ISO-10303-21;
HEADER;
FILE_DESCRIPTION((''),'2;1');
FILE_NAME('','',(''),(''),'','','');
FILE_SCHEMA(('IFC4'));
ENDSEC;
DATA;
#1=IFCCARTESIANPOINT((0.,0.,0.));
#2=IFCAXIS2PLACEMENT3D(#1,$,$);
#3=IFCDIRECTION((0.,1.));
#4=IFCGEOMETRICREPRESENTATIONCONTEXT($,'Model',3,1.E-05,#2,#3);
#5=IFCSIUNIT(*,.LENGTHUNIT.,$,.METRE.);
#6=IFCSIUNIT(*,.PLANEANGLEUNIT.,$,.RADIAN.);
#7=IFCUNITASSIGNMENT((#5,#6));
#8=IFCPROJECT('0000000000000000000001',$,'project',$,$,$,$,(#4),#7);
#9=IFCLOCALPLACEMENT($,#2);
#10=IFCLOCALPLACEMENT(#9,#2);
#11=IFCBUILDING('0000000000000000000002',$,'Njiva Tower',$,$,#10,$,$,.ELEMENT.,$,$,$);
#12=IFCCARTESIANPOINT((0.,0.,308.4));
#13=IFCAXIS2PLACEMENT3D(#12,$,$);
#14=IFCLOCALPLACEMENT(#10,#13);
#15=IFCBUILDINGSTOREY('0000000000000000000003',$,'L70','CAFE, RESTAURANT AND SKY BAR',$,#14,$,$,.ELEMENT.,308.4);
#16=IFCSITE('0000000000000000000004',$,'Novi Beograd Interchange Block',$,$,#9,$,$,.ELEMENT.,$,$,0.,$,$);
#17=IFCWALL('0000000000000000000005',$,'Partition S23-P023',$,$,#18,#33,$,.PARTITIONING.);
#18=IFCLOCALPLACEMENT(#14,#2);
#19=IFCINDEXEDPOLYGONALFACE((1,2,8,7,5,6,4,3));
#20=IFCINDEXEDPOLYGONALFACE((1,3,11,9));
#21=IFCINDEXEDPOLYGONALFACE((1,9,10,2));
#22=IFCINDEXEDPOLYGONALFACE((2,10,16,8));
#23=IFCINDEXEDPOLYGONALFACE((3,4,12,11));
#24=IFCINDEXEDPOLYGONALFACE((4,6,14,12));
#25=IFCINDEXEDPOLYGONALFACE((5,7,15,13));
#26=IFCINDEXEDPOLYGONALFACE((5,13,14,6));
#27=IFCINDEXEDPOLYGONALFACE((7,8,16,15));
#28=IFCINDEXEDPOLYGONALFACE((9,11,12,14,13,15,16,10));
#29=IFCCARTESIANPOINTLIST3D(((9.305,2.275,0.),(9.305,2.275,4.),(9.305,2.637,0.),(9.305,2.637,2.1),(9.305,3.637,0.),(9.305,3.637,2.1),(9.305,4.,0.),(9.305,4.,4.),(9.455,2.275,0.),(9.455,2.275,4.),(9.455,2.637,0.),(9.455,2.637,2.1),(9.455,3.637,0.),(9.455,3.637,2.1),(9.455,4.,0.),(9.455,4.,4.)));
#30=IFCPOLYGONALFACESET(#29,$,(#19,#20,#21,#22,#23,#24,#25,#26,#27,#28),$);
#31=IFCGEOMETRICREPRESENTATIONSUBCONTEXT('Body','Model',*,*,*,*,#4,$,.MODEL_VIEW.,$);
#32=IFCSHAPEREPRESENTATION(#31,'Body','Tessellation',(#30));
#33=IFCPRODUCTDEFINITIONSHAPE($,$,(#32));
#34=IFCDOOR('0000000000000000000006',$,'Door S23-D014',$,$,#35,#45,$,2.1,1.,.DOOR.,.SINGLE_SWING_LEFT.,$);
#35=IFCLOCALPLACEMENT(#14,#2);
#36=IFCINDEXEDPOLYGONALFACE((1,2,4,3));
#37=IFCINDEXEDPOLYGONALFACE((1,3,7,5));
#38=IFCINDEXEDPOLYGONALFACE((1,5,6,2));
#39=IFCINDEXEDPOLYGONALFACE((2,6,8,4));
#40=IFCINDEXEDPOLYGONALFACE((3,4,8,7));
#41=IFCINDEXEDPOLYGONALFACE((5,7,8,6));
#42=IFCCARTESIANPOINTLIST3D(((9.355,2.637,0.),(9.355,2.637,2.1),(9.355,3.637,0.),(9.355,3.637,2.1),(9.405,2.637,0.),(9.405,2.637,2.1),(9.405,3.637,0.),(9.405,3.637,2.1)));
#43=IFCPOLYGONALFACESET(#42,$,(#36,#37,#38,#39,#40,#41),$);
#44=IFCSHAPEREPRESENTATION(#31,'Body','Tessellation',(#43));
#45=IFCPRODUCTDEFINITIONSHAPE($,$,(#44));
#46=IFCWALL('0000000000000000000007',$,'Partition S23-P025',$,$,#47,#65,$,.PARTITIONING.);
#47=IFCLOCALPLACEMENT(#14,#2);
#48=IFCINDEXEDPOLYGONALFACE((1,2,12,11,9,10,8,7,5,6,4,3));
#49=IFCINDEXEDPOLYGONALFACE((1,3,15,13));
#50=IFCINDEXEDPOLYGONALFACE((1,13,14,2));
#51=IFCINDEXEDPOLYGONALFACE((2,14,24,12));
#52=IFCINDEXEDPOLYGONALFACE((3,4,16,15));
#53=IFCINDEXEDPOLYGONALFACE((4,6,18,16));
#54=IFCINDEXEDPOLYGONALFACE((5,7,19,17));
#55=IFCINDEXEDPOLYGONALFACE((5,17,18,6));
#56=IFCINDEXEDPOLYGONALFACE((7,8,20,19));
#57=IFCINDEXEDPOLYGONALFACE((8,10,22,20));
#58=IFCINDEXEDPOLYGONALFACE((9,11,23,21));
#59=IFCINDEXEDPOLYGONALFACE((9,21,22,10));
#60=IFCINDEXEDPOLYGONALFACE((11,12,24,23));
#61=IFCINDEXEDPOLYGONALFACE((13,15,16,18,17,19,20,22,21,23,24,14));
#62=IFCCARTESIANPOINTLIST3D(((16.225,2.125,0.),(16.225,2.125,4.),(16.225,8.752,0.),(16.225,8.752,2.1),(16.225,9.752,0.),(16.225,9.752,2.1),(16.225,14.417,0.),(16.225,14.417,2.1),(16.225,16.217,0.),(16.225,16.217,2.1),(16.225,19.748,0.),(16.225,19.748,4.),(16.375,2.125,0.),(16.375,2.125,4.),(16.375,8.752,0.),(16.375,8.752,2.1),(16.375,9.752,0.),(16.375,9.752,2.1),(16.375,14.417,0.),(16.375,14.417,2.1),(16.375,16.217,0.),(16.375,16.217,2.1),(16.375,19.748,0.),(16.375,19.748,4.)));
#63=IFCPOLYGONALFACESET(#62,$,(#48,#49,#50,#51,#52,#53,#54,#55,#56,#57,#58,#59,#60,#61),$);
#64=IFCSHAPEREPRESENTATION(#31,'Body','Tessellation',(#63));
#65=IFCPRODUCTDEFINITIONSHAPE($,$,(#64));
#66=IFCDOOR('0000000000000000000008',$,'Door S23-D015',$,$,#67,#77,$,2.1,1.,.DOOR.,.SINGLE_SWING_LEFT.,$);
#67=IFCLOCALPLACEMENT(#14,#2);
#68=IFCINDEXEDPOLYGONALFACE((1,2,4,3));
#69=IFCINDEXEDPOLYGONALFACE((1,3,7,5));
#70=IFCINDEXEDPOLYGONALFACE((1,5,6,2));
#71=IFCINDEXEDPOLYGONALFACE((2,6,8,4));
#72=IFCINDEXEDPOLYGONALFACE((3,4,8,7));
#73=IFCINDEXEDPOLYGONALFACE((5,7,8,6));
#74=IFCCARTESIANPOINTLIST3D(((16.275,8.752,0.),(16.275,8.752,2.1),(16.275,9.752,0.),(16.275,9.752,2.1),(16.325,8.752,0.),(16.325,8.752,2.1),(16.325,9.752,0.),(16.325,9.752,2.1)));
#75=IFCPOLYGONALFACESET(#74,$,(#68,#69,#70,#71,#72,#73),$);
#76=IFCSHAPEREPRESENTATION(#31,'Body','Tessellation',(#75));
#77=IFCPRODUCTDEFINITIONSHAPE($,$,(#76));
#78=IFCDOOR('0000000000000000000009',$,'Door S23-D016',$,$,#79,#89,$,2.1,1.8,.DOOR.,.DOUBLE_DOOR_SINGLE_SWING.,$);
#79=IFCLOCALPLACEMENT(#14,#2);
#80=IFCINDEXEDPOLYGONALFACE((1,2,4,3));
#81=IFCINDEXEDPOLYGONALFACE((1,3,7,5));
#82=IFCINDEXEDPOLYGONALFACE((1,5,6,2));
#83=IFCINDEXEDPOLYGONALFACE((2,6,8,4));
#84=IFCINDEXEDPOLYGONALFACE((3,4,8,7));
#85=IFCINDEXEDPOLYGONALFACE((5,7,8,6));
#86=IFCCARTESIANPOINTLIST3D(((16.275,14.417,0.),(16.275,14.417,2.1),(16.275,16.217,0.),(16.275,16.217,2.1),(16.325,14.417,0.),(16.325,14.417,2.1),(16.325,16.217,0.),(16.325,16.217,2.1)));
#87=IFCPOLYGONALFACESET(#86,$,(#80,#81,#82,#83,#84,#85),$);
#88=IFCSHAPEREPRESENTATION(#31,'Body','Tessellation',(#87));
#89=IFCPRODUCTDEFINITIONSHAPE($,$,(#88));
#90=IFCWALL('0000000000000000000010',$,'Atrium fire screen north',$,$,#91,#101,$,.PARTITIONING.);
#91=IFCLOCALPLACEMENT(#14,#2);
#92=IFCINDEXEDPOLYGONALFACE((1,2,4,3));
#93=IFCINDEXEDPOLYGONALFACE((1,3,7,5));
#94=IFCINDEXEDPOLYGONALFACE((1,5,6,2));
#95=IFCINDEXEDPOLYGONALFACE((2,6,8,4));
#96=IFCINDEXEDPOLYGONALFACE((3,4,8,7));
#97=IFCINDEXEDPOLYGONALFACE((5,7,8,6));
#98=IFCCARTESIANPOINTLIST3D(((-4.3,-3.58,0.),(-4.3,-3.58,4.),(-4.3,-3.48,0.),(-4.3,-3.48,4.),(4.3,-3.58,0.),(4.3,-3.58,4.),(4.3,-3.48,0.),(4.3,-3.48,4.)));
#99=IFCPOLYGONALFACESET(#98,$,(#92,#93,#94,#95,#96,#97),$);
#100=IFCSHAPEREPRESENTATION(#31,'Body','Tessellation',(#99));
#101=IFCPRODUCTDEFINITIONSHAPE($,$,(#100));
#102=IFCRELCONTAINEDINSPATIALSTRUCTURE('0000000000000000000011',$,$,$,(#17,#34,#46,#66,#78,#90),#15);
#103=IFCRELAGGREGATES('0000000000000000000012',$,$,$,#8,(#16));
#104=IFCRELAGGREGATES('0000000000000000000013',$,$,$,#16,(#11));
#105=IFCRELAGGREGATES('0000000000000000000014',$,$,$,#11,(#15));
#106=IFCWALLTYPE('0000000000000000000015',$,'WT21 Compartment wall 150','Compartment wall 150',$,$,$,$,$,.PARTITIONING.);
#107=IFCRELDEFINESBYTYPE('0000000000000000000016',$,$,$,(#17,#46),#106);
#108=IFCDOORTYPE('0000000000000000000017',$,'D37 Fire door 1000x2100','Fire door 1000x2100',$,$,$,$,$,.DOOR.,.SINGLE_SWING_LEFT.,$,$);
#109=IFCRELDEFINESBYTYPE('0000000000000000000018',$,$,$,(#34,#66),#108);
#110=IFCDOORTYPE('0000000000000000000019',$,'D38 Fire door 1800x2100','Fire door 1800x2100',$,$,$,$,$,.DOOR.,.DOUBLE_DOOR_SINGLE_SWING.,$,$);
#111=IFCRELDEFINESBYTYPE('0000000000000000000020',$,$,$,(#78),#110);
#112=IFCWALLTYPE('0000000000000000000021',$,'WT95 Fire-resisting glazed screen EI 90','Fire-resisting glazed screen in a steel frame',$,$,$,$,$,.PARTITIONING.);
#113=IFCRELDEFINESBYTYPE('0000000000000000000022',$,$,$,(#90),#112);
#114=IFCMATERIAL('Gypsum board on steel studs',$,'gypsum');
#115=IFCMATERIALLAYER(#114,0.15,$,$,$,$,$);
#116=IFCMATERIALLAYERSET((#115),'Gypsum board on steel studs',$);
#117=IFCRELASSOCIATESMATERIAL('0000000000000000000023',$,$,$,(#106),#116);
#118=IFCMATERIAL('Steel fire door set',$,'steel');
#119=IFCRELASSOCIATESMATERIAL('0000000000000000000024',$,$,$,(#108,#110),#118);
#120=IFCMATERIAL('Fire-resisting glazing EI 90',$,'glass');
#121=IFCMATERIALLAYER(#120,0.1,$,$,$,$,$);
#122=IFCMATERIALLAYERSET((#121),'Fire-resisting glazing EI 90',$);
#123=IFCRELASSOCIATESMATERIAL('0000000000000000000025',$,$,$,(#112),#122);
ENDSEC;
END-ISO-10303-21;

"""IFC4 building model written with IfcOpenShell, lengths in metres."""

from ifc_helpers import new_model, si_unit, direction, frame, frame_2d, origin, place, context, subcontext, project, spatial, rectangle, extrude, material, layer, layer_set, type_object, element, fill, save


model = new_model("IFC4")

# Units and contexts
model_context = context("Model", 3, precision=1e-05, world=origin(), true_north=direction((0.0, 1.0)))
body_context = subcontext(model_context, "Body", "Model", "MODEL_VIEW")
ifc_project = project(units=[si_unit("LENGTHUNIT", "METRE"), si_unit("PLANEANGLEUNIT", "RADIAN")], contexts=[model_context])

# Site, building, storey
site_placement = place(None, origin())
site = spatial("IfcSite", under=ifc_project, at=site_placement, Name="Novi Beograd Interchange Block", CompositionType="ELEMENT", RefElevation=0.0)
building_placement = place(site_placement, origin())
building = spatial("IfcBuilding", under=site, at=building_placement, Name="Njiva Tower", CompositionType="ELEMENT")
storey_placement = place(building_placement, frame((0.0, 0.0, 308.4)))
storey = spatial("IfcBuildingStorey", under=building, at=storey_placement, Name="L70", Description="CAFE, RESTAURANT AND SKY BAR", CompositionType="ELEMENT", Elevation=308.4)

# Shared definitions
ifc_material_1 = material(Name="Gypsum board on steel studs", Category="gypsum")

# Shared definitions
ifc_layer_1 = layer(ifc_material_1, 0.15)
ifc_layer_set_1 = layer_set([ifc_layer_1], Name="Gypsum board on steel studs")
wall_type_1 = type_object("IfcWallType", Name="WT21 Compartment wall 150", Description="Compartment wall 150", PredefinedType="PARTITIONING", material=ifc_layer_set_1)
ifc_material_2 = material(Name="Steel fire door set", Category="steel")
door_type_1 = type_object("IfcDoorType", Name="D37 Fire door 1000x2100", Description="Fire door 1000x2100", OperationType="SINGLE_SWING_LEFT", PredefinedType="DOOR", material=ifc_material_2)
door_type_2 = type_object("IfcDoorType", Name="D38 Fire door 1800x2100", Description="Fire door 1800x2100", OperationType="DOUBLE_DOOR_SINGLE_SWING", PredefinedType="DOOR", material=ifc_material_2)

# Wall, opening, door
wall_1_placement = place(storey_placement, frame((9.38, 2.275, 0.0), z_axis=(0.0, 0.0, 1.0), x_axis=(0.0, 1.0, 0.0)))
wall_1 = element("IfcWall", 1, at=wall_1_placement, inside=storey, type_object=wall_type_1, Name="Partition S23-P023", PredefinedType="PARTITIONING", context=body_context, shape_type="SweptSolid", body=[
    extrude(rectangle(XDim=1.725, YDim=0.15, at=frame_2d((0.8625, 0.0))), origin(), (0.0, 0.0, 1.0), 4.0),
])
opening_1_placement = place(wall_1_placement, frame((0.362, 0.0, 0.0)))
opening_1 = element("IfcOpeningElement", 2, at=opening_1_placement, cuts=wall_1, PredefinedType="OPENING", context=body_context, shape_type="SweptSolid", body=[
    extrude(rectangle(XDim=1.0, YDim=2.1, at=frame_2d((0.5, 1.05))), frame((0.0, 0.085, 0.0), z_axis=(0.0, -1.0, 0.0), x_axis=(1.0, 0.0, 0.0)), (0.0, 0.0, 1.0), 0.17),
])
door_1_placement = place(opening_1_placement, origin())
door_1 = element("IfcDoor", 3, at=door_1_placement, inside=storey, type_object=door_type_1, Name="Door S23-D014", OperationType="SINGLE_SWING_LEFT", OverallHeight=2.1, OverallWidth=1.0, PredefinedType="DOOR", context=body_context, shape_type="SweptSolid", body=[
    extrude(rectangle(XDim=1.0, YDim=2.1, at=frame_2d((0.5, 1.05))), frame((0.0, 0.025, 0.0), z_axis=(0.0, -1.0, 0.0), x_axis=(1.0, 0.0, 0.0)), (0.0, 0.0, 1.0), 0.05),
])
fill(opening_1, door_1)

# Wall, openings, doors
wall_2_placement = place(storey_placement, frame((16.3, 2.125, 0.0), z_axis=(0.0, 0.0, 1.0), x_axis=(0.0, 1.0, 0.0)))
wall_2 = element("IfcWall", 4, at=wall_2_placement, inside=storey, type_object=wall_type_1, Name="Partition S23-P025", PredefinedType="PARTITIONING", context=body_context, shape_type="SweptSolid", body=[
    extrude(rectangle(XDim=17.623, YDim=0.15, at=frame_2d((8.8115, 0.0))), origin(), (0.0, 0.0, 1.0), 4.0),
])
opening_2_placement = place(wall_2_placement, frame((6.627, 0.0, 0.0)))
opening_2 = element("IfcOpeningElement", 5, at=opening_2_placement, cuts=wall_2, PredefinedType="OPENING", context=body_context, shape_type="SweptSolid", body=[
    extrude(rectangle(XDim=1.0, YDim=2.1, at=frame_2d((0.5, 1.05))), frame((0.0, 0.085, 0.0), z_axis=(0.0, -1.0, 0.0), x_axis=(1.0, 0.0, 0.0)), (0.0, 0.0, 1.0), 0.17),
])
opening_3_placement = place(wall_2_placement, frame((12.292, 0.0, 0.0)))
opening_3 = element("IfcOpeningElement", 6, at=opening_3_placement, cuts=wall_2, PredefinedType="OPENING", context=body_context, shape_type="SweptSolid", body=[
    extrude(rectangle(XDim=1.8, YDim=2.1, at=frame_2d((0.9, 1.05))), frame((0.0, 0.085, 0.0), z_axis=(0.0, -1.0, 0.0), x_axis=(1.0, 0.0, 0.0)), (0.0, 0.0, 1.0), 0.17),
])
door_2_placement = place(opening_2_placement, origin())
door_2 = element("IfcDoor", 7, at=door_2_placement, inside=storey, type_object=door_type_1, Name="Door S23-D015", OperationType="SINGLE_SWING_LEFT", OverallHeight=2.1, OverallWidth=1.0, PredefinedType="DOOR", context=body_context, shape_type="SweptSolid", body=[
    extrude(rectangle(XDim=1.0, YDim=2.1, at=frame_2d((0.5, 1.05))), frame((0.0, 0.025, 0.0), z_axis=(0.0, -1.0, 0.0), x_axis=(1.0, 0.0, 0.0)), (0.0, 0.0, 1.0), 0.05),
])
fill(opening_2, door_2)
door_3_placement = place(opening_3_placement, origin())
door_3 = element("IfcDoor", 8, at=door_3_placement, inside=storey, type_object=door_type_2, Name="Door S23-D016", OperationType="DOUBLE_DOOR_SINGLE_SWING", OverallHeight=2.1, OverallWidth=1.8, PredefinedType="DOOR", context=body_context, shape_type="SweptSolid", body=[
    extrude(rectangle(XDim=1.8, YDim=2.1, at=frame_2d((0.9, 1.05))), frame((0.0, 0.025, 0.0), z_axis=(0.0, -1.0, 0.0), x_axis=(1.0, 0.0, 0.0)), (0.0, 0.0, 1.0), 0.05),
])
fill(opening_3, door_3)

# Wall
ifc_material_3 = material(Name="Fire-resisting glazing EI 90", Category="glass")
ifc_layer_2 = layer(ifc_material_3, 0.1)
ifc_layer_set_2 = layer_set([ifc_layer_2], Name="Fire-resisting glazing EI 90")
wall_type_2 = type_object("IfcWallType", Name="WT95 Fire-resisting glazed screen EI 90", Description="Fire-resisting glazed screen in a steel frame", PredefinedType="PARTITIONING", material=ifc_layer_set_2)
wall_3_placement = place(storey_placement, frame((4.3, -3.53, 0.0), z_axis=(0.0, 0.0, 1.0), x_axis=(-1.0, 0.0, 0.0)))
element("IfcWall", 9, at=wall_3_placement, inside=storey, type_object=wall_type_2, Name="Atrium fire screen north", PredefinedType="PARTITIONING", context=body_context, shape_type="SweptSolid", body=[
    extrude(rectangle(XDim=8.6, YDim=0.1, at=frame_2d((4.3, 0.0))), origin(), (0.0, 0.0, 1.0), 4.0),
])

save(model, "model.ifc")
